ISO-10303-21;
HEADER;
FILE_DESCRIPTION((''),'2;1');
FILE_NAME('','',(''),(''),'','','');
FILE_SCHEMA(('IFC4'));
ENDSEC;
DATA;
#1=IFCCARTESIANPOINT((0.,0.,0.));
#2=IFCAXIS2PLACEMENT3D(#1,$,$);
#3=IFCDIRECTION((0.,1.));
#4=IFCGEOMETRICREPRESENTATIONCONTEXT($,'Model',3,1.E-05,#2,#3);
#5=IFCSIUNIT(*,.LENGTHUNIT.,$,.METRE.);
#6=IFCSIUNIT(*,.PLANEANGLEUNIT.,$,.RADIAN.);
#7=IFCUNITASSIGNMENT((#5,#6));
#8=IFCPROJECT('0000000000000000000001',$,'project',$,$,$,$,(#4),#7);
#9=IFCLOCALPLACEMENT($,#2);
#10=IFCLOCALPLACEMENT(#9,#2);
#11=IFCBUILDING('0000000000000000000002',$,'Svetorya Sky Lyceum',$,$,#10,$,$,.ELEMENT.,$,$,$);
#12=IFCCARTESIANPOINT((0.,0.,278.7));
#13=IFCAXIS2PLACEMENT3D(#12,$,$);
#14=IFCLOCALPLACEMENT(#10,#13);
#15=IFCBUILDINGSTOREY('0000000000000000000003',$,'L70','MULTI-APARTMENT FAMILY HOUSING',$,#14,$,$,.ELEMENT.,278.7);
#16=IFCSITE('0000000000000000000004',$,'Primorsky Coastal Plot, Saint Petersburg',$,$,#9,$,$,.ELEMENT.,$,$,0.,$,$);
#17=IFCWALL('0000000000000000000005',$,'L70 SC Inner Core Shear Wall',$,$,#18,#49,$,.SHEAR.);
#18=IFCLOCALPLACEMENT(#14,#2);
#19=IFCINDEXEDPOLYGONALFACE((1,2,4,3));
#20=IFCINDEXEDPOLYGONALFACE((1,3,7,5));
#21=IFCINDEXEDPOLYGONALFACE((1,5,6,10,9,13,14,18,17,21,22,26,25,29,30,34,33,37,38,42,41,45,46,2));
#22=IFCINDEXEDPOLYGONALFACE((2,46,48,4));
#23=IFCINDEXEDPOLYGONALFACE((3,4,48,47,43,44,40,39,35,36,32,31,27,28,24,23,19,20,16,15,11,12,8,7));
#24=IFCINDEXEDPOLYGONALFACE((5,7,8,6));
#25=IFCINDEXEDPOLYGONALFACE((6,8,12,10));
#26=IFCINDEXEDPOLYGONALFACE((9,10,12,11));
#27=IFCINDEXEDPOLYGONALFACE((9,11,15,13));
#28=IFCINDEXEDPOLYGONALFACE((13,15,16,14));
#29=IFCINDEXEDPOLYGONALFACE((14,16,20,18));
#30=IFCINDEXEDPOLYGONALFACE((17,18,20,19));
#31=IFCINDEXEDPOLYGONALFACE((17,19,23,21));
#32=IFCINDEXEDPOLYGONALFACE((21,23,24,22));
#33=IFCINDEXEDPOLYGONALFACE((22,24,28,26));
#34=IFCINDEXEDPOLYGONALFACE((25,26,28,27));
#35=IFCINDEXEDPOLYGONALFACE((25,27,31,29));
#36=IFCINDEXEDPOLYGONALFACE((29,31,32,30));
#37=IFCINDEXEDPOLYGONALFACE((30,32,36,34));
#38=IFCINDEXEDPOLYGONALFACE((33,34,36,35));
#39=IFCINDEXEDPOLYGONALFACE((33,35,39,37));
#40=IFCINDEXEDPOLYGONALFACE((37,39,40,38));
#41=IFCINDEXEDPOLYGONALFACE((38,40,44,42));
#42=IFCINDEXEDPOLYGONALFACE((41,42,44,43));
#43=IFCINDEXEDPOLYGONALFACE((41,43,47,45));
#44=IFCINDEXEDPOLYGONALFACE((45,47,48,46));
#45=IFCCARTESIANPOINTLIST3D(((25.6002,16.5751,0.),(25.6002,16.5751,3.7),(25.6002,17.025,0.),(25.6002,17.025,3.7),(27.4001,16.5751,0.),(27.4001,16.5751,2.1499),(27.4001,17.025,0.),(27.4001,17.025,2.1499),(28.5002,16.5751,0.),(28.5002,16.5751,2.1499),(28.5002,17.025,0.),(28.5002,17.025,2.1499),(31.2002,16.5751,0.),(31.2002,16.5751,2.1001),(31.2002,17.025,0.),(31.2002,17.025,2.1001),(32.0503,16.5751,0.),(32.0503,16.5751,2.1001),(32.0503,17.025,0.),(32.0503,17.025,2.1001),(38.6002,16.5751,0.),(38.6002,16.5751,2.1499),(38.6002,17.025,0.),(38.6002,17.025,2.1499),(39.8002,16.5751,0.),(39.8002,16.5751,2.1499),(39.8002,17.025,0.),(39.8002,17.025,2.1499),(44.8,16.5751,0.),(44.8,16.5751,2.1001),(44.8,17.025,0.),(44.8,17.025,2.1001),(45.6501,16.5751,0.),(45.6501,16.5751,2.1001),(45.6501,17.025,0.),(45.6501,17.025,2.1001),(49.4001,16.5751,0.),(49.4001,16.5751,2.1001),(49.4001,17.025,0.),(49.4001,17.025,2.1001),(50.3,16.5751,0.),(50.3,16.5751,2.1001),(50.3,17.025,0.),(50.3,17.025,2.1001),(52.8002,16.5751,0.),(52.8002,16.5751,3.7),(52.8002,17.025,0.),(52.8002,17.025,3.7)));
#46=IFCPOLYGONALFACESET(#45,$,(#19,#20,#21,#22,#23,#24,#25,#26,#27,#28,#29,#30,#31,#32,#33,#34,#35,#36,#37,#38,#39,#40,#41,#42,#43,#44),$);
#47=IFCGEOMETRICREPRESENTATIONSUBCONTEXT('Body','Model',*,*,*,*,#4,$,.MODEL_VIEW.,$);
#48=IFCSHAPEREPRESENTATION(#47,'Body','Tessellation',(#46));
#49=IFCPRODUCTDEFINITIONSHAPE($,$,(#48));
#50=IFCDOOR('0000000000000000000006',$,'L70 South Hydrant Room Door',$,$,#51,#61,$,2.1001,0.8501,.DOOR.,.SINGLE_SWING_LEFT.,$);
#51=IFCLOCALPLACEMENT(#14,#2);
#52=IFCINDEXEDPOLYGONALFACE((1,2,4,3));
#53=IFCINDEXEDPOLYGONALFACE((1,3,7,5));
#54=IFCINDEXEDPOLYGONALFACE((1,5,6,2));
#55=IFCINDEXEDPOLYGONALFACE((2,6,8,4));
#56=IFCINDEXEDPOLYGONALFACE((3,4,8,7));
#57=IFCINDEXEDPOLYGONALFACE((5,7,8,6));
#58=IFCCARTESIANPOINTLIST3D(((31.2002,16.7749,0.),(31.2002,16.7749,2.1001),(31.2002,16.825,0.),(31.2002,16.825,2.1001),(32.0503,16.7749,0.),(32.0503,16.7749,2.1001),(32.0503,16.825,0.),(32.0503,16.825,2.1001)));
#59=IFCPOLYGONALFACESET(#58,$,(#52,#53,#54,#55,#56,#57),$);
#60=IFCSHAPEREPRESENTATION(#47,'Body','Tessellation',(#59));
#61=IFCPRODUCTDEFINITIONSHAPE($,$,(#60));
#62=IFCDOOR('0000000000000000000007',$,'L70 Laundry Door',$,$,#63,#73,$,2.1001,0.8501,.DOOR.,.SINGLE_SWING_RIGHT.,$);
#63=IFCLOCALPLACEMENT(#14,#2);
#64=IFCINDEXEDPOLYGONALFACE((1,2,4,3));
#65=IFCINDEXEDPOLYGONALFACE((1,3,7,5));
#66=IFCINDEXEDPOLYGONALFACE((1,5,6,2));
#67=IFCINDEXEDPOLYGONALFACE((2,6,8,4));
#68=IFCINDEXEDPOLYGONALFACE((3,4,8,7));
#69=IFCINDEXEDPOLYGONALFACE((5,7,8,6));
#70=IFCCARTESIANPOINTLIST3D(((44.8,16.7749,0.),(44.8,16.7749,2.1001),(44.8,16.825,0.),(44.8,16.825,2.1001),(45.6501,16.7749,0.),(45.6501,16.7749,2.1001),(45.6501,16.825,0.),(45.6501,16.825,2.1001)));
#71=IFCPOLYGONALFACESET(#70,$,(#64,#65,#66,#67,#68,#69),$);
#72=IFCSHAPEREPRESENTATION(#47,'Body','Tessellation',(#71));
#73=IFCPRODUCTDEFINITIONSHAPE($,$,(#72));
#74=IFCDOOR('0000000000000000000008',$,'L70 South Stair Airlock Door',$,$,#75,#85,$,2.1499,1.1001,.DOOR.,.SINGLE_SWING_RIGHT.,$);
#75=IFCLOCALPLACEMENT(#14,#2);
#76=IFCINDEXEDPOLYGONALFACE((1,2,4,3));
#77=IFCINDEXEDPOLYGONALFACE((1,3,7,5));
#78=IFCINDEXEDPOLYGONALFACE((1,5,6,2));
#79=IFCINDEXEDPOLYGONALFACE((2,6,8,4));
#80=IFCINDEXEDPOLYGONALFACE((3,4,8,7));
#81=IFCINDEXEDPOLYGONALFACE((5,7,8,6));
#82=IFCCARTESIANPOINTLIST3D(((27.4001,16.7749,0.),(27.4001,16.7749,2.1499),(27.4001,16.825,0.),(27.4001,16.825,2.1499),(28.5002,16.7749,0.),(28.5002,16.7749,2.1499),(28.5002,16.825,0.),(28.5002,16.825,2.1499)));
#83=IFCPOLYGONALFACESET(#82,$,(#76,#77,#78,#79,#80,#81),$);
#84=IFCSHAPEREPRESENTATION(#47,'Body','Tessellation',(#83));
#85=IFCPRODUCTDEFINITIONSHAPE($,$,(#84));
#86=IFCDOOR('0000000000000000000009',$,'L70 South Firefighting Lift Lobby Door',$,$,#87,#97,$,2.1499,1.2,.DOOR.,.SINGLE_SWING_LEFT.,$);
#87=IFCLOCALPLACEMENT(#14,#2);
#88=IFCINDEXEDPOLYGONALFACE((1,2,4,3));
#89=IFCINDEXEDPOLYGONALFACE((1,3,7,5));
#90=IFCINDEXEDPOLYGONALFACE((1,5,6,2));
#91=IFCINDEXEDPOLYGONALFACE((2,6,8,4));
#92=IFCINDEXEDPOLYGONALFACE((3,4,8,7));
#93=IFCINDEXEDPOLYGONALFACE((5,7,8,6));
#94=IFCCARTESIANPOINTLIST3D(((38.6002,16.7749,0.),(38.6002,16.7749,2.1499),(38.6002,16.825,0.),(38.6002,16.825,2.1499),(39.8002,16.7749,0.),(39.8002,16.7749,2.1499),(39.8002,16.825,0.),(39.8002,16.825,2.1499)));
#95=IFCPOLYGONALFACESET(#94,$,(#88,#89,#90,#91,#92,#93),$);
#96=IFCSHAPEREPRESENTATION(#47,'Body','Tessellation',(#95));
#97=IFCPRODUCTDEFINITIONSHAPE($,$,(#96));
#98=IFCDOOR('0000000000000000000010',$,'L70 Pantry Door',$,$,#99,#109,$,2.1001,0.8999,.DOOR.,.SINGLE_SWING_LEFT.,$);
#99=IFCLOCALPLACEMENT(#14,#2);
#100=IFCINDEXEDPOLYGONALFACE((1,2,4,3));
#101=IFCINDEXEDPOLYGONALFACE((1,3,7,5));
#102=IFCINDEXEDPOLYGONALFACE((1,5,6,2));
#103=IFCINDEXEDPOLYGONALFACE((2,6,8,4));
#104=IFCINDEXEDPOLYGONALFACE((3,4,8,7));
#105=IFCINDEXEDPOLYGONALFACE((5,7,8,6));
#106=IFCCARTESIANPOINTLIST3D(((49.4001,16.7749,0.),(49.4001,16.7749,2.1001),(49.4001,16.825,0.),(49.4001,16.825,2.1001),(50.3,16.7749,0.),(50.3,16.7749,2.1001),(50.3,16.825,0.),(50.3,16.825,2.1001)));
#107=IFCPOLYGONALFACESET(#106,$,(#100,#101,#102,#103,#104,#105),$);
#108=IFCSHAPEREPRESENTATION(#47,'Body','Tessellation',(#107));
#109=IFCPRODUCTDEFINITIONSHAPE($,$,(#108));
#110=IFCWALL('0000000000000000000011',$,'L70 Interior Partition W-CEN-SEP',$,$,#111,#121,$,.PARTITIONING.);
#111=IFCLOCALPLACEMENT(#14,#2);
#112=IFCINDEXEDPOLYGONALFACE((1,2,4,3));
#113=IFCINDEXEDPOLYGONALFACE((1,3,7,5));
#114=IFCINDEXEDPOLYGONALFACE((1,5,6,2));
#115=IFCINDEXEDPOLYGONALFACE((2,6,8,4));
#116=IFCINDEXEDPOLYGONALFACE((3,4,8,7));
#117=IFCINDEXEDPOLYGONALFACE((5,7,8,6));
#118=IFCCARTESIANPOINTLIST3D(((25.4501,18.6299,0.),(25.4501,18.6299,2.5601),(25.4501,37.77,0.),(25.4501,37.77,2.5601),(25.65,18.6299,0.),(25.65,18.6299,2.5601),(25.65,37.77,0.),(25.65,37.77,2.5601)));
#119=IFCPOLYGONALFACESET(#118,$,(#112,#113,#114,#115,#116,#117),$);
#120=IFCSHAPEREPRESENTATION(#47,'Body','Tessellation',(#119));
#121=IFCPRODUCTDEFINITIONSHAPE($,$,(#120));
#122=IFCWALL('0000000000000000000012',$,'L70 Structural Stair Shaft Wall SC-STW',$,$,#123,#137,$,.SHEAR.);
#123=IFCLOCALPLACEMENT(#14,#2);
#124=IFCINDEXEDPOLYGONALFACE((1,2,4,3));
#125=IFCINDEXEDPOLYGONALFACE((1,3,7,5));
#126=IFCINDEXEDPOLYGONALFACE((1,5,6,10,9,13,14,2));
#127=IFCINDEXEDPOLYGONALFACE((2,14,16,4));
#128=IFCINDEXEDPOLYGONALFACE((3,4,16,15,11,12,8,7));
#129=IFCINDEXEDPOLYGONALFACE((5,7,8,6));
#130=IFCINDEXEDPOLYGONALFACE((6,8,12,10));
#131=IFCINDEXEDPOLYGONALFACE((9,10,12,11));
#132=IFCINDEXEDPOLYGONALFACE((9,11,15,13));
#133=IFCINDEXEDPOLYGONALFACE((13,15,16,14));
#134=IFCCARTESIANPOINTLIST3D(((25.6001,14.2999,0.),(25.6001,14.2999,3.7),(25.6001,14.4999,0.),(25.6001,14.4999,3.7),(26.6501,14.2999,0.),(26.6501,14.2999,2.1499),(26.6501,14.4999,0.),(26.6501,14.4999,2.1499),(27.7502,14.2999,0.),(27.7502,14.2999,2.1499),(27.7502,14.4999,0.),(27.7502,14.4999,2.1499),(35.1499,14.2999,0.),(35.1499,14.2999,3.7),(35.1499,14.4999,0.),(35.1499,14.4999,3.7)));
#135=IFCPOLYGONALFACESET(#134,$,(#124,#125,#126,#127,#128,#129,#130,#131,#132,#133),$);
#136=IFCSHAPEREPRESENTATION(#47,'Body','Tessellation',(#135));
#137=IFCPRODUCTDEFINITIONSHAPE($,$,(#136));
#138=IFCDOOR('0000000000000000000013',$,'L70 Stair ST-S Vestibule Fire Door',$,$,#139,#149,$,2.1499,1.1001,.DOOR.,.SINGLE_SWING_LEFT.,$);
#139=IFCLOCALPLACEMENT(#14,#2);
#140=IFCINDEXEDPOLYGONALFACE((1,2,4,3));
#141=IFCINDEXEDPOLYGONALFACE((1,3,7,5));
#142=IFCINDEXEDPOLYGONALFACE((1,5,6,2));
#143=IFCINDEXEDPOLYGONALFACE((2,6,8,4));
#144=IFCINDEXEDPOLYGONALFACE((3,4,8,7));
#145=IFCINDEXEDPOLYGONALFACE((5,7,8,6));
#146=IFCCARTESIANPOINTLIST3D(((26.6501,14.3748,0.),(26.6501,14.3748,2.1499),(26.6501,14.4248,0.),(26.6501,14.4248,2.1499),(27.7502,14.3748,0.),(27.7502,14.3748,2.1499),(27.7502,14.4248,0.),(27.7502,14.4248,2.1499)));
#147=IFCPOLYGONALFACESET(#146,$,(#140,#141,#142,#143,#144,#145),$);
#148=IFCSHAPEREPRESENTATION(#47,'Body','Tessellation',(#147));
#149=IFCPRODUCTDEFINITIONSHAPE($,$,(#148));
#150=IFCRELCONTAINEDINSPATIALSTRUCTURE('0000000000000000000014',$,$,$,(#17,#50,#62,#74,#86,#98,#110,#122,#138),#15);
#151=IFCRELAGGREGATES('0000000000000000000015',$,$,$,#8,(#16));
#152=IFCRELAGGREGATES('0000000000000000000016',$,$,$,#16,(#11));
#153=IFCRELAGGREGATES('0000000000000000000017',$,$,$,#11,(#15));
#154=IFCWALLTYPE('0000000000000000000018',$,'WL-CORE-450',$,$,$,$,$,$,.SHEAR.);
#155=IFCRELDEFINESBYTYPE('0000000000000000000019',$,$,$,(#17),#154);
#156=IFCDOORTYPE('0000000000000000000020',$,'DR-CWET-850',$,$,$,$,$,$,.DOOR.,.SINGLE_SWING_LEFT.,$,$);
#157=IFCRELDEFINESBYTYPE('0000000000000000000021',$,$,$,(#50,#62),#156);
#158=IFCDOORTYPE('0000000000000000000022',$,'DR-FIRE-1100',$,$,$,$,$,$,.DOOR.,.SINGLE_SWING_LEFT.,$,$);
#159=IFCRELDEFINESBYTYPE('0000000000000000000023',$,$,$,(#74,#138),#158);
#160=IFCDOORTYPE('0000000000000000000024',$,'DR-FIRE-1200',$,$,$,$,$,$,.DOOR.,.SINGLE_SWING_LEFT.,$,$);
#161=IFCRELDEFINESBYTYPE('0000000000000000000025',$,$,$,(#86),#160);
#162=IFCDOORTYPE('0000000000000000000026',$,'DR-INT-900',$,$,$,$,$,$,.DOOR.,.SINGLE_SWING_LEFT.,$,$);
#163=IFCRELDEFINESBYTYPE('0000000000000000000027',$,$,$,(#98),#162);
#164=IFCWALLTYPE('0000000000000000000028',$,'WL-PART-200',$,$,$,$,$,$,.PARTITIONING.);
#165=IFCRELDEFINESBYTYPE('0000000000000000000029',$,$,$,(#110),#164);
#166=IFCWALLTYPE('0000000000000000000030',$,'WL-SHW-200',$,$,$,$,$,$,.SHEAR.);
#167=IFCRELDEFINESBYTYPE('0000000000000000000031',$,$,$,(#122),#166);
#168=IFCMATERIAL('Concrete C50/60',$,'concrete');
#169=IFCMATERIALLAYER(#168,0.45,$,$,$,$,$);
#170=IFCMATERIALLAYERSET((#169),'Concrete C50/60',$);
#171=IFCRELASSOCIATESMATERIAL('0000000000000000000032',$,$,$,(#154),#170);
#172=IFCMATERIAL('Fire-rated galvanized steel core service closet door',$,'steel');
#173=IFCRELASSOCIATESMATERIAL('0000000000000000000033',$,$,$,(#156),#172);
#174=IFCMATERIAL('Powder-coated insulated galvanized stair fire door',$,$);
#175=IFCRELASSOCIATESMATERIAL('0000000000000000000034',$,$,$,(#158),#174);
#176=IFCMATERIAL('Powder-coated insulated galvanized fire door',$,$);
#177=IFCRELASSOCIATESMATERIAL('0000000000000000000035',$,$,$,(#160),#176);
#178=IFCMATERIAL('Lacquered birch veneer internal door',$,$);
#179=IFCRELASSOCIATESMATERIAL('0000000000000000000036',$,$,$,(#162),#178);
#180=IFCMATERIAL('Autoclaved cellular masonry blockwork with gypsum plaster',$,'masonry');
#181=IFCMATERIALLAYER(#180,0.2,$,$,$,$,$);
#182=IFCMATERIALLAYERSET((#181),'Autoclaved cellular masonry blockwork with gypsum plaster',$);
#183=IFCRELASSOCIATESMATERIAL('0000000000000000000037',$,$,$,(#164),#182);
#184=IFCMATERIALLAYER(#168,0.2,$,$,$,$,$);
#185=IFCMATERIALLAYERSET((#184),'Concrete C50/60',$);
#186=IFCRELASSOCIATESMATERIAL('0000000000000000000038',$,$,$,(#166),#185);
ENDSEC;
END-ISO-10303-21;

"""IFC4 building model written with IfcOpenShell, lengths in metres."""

from ifc_helpers import new_model, si_unit, direction, frame, frame_2d, origin, place, context, subcontext, project, spatial, rectangle, extrude, material, layer, layer_set, type_object, element, fill, save


model = new_model("IFC4")

# Units and contexts
model_context = context("Model", 3, precision=1e-05, world=origin(), true_north=direction((0.0, 1.0)))
body_context = subcontext(model_context, "Body", "Model", "MODEL_VIEW")
ifc_project = project(units=[si_unit("LENGTHUNIT", "METRE"), si_unit("PLANEANGLEUNIT", "RADIAN")], contexts=[model_context])

# Site, building, storey
site_placement = place(None, origin())
site = spatial("IfcSite", under=ifc_project, at=site_placement, Name="Primorsky Coastal Plot, Saint Petersburg", CompositionType="ELEMENT", RefElevation=0.0)
building_placement = place(site_placement, origin())
building = spatial("IfcBuilding", under=site, at=building_placement, Name="Svetorya Sky Lyceum", CompositionType="ELEMENT")
storey_placement = place(building_placement, frame((0.0, 0.0, 278.7)))
storey = spatial("IfcBuildingStorey", under=building, at=storey_placement, Name="L70", Description="MULTI-APARTMENT FAMILY HOUSING", CompositionType="ELEMENT", Elevation=278.7)

# Shared definitions
ifc_material_1 = material(Name="Concrete C50/60", Category="concrete")
ifc_layer_1 = layer(ifc_material_1, 0.45)
ifc_layer_set_1 = layer_set([ifc_layer_1], Name="Concrete C50/60")
wall_type_1 = type_object("IfcWallType", Name="WL-CORE-450", PredefinedType="SHEAR", material=ifc_layer_set_1)

# Wall, openings, doors
wall_1_placement = place(storey_placement, frame((25.6001, 16.8, 0.0), z_axis=(0.0, 0.0, 1.0), x_axis=(1.0, 0.0, 0.0)))
wall_1 = element("IfcWall", 1, at=wall_1_placement, inside=storey, type_object=wall_type_1, Name="L70 SC Inner Core Shear Wall", PredefinedType="SHEAR", context=body_context, shape_type="SweptSolid", body=[
    extrude(rectangle(XDim=27.2, YDim=0.45, at=frame_2d((13.6001, 0.0))), origin(), (0.0, 0.0, 1.0), 3.7),
])
opening_1_placement = place(wall_1_placement, frame((1.8, 0.0, 0.0)))
opening_1 = element("IfcOpeningElement", 2, at=opening_1_placement, cuts=wall_1, PredefinedType="OPENING", context=body_context, shape_type="SweptSolid", body=[
    extrude(rectangle(XDim=1.1001, YDim=2.1499, at=frame_2d((0.55, 1.075))), frame((0.0, 0.2349, 0.0), z_axis=(0.0, -1.0, 0.0), x_axis=(1.0, 0.0, 0.0)), (0.0, 0.0, 1.0), 0.47),
])
opening_2_placement = place(wall_1_placement, frame((5.6001, 0.0, 0.0)))
opening_2 = element("IfcOpeningElement", 3, at=opening_2_placement, cuts=wall_1, PredefinedType="OPENING", context=body_context, shape_type="SweptSolid", body=[
    extrude(rectangle(XDim=0.8501, YDim=2.1001, at=frame_2d((0.425, 1.05))), frame((0.0, 0.2349, 0.0), z_axis=(0.0, -1.0, 0.0), x_axis=(1.0, 0.0, 0.0)), (0.0, 0.0, 1.0), 0.47),
])
opening_3_placement = place(wall_1_placement, frame((13.0, 0.0, 0.0)))
opening_3 = element("IfcOpeningElement", 4, at=opening_3_placement, cuts=wall_1, PredefinedType="OPENING", context=body_context, shape_type="SweptSolid", body=[
    extrude(rectangle(XDim=1.2, YDim=2.1499, at=frame_2d((0.6001, 1.075))), frame((0.0, 0.2349, 0.0), z_axis=(0.0, -1.0, 0.0), x_axis=(1.0, 0.0, 0.0)), (0.0, 0.0, 1.0), 0.47),
])
opening_4_placement = place(wall_1_placement, frame((19.2, 0.0, 0.0)))
opening_4 = element("IfcOpeningElement", 5, at=opening_4_placement, cuts=wall_1, PredefinedType="OPENING", context=body_context, shape_type="SweptSolid", body=[
    extrude(rectangle(XDim=0.8501, YDim=2.1001, at=frame_2d((0.425, 1.05))), frame((0.0, 0.2349, 0.0), z_axis=(0.0, -1.0, 0.0), x_axis=(1.0, 0.0, 0.0)), (0.0, 0.0, 1.0), 0.47),
])
opening_5_placement = place(wall_1_placement, frame((23.8, 0.0, 0.0)))
opening_5 = element("IfcOpeningElement", 6, at=opening_5_placement, cuts=wall_1, PredefinedType="OPENING", context=body_context, shape_type="SweptSolid", body=[
    extrude(rectangle(XDim=0.8999, YDim=2.1001, at=frame_2d((0.45, 1.05))), frame((0.0, 0.2349, 0.0), z_axis=(0.0, -1.0, 0.0), x_axis=(1.0, 0.0, 0.0)), (0.0, 0.0, 1.0), 0.47),
])
ifc_material_2 = material(Name="Fire-rated galvanized steel core service closet door", Category="steel")
door_type_1 = type_object("IfcDoorType", Name="DR-CWET-850", OperationType="SINGLE_SWING_LEFT", PredefinedType="DOOR", material=ifc_material_2)
door_1_placement = place(opening_2_placement, origin())
door_1 = element("IfcDoor", 7, at=door_1_placement, inside=storey, type_object=door_type_1, Name="L70 South Hydrant Room Door", OperationType="SINGLE_SWING_LEFT", OverallHeight=2.1001, OverallWidth=0.8501, PredefinedType="DOOR", context=body_context, shape_type="SweptSolid", body=[
    extrude(rectangle(XDim=0.8501, YDim=2.1001, at=frame_2d((0.425, 1.05))), frame((0.0, 0.0249, 0.0), z_axis=(0.0, -1.0, 0.0), x_axis=(1.0, 0.0, 0.0)), (0.0, 0.0, 1.0), 0.05),
])
fill(opening_2, door_1)
door_2_placement = place(opening_4_placement, origin())
door_2 = element("IfcDoor", 8, at=door_2_placement, inside=storey, type_object=door_type_1, Name="L70 Laundry Door", OperationType="SINGLE_SWING_RIGHT", OverallHeight=2.1001, OverallWidth=0.8501, PredefinedType="DOOR", context=body_context, shape_type="SweptSolid", body=[
    extrude(rectangle(XDim=0.8501, YDim=2.1001, at=frame_2d((0.425, 1.05))), frame((0.0, 0.0249, 0.0), z_axis=(0.0, -1.0, 0.0), x_axis=(1.0, 0.0, 0.0)), (0.0, 0.0, 1.0), 0.05),
])
fill(opening_4, door_2)
ifc_material_3 = material(Name="Powder-coated insulated galvanized stair fire door")
door_type_2 = type_object("IfcDoorType", Name="DR-FIRE-1100", OperationType="SINGLE_SWING_LEFT", PredefinedType="DOOR", material=ifc_material_3)
door_3_placement = place(opening_1_placement, origin())
door_3 = element("IfcDoor", 9, at=door_3_placement, inside=storey, type_object=door_type_2, Name="L70 South Stair Airlock Door", OperationType="SINGLE_SWING_RIGHT", OverallHeight=2.1499, OverallWidth=1.1001, PredefinedType="DOOR", context=body_context, shape_type="SweptSolid", body=[
    extrude(rectangle(XDim=1.1001, YDim=2.1499, at=frame_2d((0.55, 1.075))), frame((0.0, 0.0249, 0.0), z_axis=(0.0, -1.0, 0.0), x_axis=(1.0, 0.0, 0.0)), (0.0, 0.0, 1.0), 0.05),
])
fill(opening_1, door_3)
ifc_material_4 = material(Name="Powder-coated insulated galvanized fire door")
door_type_3 = type_object("IfcDoorType", Name="DR-FIRE-1200", OperationType="SINGLE_SWING_LEFT", PredefinedType="DOOR", material=ifc_material_4)
door_4_placement = place(opening_3_placement, origin())
door_4 = element("IfcDoor", 10, at=door_4_placement, inside=storey, type_object=door_type_3, Name="L70 South Firefighting Lift Lobby Door", OperationType="SINGLE_SWING_LEFT", OverallHeight=2.1499, OverallWidth=1.2, PredefinedType="DOOR", context=body_context, shape_type="SweptSolid", body=[
    extrude(rectangle(XDim=1.2, YDim=2.1499, at=frame_2d((0.6001, 1.075))), frame((0.0, 0.0249, 0.0), z_axis=(0.0, -1.0, 0.0), x_axis=(1.0, 0.0, 0.0)), (0.0, 0.0, 1.0), 0.05),
])
fill(opening_3, door_4)
ifc_material_5 = material(Name="Lacquered birch veneer internal door")
door_type_4 = type_object("IfcDoorType", Name="DR-INT-900", OperationType="SINGLE_SWING_LEFT", PredefinedType="DOOR", material=ifc_material_5)
door_5_placement = place(opening_5_placement, origin())
door_5 = element("IfcDoor", 11, at=door_5_placement, inside=storey, type_object=door_type_4, Name="L70 Pantry Door", OperationType="SINGLE_SWING_LEFT", OverallHeight=2.1001, OverallWidth=0.8999, PredefinedType="DOOR", context=body_context, shape_type="SweptSolid", body=[
    extrude(rectangle(XDim=0.8999, YDim=2.1001, at=frame_2d((0.45, 1.05))), frame((0.0, 0.0249, 0.0), z_axis=(0.0, -1.0, 0.0), x_axis=(1.0, 0.0, 0.0)), (0.0, 0.0, 1.0), 0.05),
])
fill(opening_5, door_5)

# Wall
ifc_material_6 = material(Name="Autoclaved cellular masonry blockwork with gypsum plaster", Category="masonry")
ifc_layer_2 = layer(ifc_material_6, 0.2)
ifc_layer_set_2 = layer_set([ifc_layer_2], Name="Autoclaved cellular masonry blockwork with gypsum plaster")
wall_type_2 = type_object("IfcWallType", Name="WL-PART-200", PredefinedType="PARTITIONING", material=ifc_layer_set_2)
wall_2_placement = place(storey_placement, frame((25.55, 18.6299, 0.0), z_axis=(0.0, 0.0, 1.0), x_axis=(0.0, 1.0, 0.0)))
element("IfcWall", 12, at=wall_2_placement, inside=storey, type_object=wall_type_2, Name="L70 Interior Partition W-CEN-SEP", PredefinedType="PARTITIONING", context=body_context, shape_type="SweptSolid", body=[
    extrude(rectangle(XDim=19.1401, YDim=0.2, at=frame_2d((9.5701, 0.0))), origin(), (0.0, 0.0, 1.0), 2.5601),
])

# Wall, opening, door
ifc_layer_3 = layer(ifc_material_1, 0.2)
ifc_layer_set_3 = layer_set([ifc_layer_3], Name="Concrete C50/60")
wall_type_3 = type_object("IfcWallType", Name="WL-SHW-200", PredefinedType="SHEAR", material=ifc_layer_set_3)
wall_3_placement = place(storey_placement, frame((25.6001, 14.3999, 0.0), z_axis=(0.0, 0.0, 1.0), x_axis=(1.0, 0.0, 0.0)))
wall_3 = element("IfcWall", 13, at=wall_3_placement, inside=storey, type_object=wall_type_3, Name="L70 Structural Stair Shaft Wall SC-STW", PredefinedType="SHEAR", context=body_context, shape_type="SweptSolid", body=[
    extrude(rectangle(XDim=9.5498, YDim=0.2, at=frame_2d((4.7749, 0.0))), origin(), (0.0, 0.0, 1.0), 3.7),
])
opening_6_placement = place(wall_3_placement, frame((1.05, 0.0, 0.0)))
opening_6 = element("IfcOpeningElement", 14, at=opening_6_placement, cuts=wall_3, PredefinedType="OPENING", context=body_context, shape_type="SweptSolid", body=[
    extrude(rectangle(XDim=1.1001, YDim=2.1499, at=frame_2d((0.55, 1.075))), frame((0.0, 0.1099, 0.0), z_axis=(0.0, -1.0, 0.0), x_axis=(1.0, 0.0, 0.0)), (0.0, 0.0, 1.0), 0.22),
])
door_6_placement = place(opening_6_placement, origin())
door_6 = element("IfcDoor", 15, at=door_6_placement, inside=storey, type_object=door_type_2, Name="L70 Stair ST-S Vestibule Fire Door", OperationType="SINGLE_SWING_LEFT", OverallHeight=2.1499, OverallWidth=1.1001, PredefinedType="DOOR", context=body_context, shape_type="SweptSolid", body=[
    extrude(rectangle(XDim=1.1001, YDim=2.1499, at=frame_2d((0.55, 1.075))), frame((0.0, 0.0249, 0.0), z_axis=(0.0, -1.0, 0.0), x_axis=(1.0, 0.0, 0.0)), (0.0, 0.0, 1.0), 0.05),
])
fill(opening_6, door_6)

save(model, "model.ifc")
